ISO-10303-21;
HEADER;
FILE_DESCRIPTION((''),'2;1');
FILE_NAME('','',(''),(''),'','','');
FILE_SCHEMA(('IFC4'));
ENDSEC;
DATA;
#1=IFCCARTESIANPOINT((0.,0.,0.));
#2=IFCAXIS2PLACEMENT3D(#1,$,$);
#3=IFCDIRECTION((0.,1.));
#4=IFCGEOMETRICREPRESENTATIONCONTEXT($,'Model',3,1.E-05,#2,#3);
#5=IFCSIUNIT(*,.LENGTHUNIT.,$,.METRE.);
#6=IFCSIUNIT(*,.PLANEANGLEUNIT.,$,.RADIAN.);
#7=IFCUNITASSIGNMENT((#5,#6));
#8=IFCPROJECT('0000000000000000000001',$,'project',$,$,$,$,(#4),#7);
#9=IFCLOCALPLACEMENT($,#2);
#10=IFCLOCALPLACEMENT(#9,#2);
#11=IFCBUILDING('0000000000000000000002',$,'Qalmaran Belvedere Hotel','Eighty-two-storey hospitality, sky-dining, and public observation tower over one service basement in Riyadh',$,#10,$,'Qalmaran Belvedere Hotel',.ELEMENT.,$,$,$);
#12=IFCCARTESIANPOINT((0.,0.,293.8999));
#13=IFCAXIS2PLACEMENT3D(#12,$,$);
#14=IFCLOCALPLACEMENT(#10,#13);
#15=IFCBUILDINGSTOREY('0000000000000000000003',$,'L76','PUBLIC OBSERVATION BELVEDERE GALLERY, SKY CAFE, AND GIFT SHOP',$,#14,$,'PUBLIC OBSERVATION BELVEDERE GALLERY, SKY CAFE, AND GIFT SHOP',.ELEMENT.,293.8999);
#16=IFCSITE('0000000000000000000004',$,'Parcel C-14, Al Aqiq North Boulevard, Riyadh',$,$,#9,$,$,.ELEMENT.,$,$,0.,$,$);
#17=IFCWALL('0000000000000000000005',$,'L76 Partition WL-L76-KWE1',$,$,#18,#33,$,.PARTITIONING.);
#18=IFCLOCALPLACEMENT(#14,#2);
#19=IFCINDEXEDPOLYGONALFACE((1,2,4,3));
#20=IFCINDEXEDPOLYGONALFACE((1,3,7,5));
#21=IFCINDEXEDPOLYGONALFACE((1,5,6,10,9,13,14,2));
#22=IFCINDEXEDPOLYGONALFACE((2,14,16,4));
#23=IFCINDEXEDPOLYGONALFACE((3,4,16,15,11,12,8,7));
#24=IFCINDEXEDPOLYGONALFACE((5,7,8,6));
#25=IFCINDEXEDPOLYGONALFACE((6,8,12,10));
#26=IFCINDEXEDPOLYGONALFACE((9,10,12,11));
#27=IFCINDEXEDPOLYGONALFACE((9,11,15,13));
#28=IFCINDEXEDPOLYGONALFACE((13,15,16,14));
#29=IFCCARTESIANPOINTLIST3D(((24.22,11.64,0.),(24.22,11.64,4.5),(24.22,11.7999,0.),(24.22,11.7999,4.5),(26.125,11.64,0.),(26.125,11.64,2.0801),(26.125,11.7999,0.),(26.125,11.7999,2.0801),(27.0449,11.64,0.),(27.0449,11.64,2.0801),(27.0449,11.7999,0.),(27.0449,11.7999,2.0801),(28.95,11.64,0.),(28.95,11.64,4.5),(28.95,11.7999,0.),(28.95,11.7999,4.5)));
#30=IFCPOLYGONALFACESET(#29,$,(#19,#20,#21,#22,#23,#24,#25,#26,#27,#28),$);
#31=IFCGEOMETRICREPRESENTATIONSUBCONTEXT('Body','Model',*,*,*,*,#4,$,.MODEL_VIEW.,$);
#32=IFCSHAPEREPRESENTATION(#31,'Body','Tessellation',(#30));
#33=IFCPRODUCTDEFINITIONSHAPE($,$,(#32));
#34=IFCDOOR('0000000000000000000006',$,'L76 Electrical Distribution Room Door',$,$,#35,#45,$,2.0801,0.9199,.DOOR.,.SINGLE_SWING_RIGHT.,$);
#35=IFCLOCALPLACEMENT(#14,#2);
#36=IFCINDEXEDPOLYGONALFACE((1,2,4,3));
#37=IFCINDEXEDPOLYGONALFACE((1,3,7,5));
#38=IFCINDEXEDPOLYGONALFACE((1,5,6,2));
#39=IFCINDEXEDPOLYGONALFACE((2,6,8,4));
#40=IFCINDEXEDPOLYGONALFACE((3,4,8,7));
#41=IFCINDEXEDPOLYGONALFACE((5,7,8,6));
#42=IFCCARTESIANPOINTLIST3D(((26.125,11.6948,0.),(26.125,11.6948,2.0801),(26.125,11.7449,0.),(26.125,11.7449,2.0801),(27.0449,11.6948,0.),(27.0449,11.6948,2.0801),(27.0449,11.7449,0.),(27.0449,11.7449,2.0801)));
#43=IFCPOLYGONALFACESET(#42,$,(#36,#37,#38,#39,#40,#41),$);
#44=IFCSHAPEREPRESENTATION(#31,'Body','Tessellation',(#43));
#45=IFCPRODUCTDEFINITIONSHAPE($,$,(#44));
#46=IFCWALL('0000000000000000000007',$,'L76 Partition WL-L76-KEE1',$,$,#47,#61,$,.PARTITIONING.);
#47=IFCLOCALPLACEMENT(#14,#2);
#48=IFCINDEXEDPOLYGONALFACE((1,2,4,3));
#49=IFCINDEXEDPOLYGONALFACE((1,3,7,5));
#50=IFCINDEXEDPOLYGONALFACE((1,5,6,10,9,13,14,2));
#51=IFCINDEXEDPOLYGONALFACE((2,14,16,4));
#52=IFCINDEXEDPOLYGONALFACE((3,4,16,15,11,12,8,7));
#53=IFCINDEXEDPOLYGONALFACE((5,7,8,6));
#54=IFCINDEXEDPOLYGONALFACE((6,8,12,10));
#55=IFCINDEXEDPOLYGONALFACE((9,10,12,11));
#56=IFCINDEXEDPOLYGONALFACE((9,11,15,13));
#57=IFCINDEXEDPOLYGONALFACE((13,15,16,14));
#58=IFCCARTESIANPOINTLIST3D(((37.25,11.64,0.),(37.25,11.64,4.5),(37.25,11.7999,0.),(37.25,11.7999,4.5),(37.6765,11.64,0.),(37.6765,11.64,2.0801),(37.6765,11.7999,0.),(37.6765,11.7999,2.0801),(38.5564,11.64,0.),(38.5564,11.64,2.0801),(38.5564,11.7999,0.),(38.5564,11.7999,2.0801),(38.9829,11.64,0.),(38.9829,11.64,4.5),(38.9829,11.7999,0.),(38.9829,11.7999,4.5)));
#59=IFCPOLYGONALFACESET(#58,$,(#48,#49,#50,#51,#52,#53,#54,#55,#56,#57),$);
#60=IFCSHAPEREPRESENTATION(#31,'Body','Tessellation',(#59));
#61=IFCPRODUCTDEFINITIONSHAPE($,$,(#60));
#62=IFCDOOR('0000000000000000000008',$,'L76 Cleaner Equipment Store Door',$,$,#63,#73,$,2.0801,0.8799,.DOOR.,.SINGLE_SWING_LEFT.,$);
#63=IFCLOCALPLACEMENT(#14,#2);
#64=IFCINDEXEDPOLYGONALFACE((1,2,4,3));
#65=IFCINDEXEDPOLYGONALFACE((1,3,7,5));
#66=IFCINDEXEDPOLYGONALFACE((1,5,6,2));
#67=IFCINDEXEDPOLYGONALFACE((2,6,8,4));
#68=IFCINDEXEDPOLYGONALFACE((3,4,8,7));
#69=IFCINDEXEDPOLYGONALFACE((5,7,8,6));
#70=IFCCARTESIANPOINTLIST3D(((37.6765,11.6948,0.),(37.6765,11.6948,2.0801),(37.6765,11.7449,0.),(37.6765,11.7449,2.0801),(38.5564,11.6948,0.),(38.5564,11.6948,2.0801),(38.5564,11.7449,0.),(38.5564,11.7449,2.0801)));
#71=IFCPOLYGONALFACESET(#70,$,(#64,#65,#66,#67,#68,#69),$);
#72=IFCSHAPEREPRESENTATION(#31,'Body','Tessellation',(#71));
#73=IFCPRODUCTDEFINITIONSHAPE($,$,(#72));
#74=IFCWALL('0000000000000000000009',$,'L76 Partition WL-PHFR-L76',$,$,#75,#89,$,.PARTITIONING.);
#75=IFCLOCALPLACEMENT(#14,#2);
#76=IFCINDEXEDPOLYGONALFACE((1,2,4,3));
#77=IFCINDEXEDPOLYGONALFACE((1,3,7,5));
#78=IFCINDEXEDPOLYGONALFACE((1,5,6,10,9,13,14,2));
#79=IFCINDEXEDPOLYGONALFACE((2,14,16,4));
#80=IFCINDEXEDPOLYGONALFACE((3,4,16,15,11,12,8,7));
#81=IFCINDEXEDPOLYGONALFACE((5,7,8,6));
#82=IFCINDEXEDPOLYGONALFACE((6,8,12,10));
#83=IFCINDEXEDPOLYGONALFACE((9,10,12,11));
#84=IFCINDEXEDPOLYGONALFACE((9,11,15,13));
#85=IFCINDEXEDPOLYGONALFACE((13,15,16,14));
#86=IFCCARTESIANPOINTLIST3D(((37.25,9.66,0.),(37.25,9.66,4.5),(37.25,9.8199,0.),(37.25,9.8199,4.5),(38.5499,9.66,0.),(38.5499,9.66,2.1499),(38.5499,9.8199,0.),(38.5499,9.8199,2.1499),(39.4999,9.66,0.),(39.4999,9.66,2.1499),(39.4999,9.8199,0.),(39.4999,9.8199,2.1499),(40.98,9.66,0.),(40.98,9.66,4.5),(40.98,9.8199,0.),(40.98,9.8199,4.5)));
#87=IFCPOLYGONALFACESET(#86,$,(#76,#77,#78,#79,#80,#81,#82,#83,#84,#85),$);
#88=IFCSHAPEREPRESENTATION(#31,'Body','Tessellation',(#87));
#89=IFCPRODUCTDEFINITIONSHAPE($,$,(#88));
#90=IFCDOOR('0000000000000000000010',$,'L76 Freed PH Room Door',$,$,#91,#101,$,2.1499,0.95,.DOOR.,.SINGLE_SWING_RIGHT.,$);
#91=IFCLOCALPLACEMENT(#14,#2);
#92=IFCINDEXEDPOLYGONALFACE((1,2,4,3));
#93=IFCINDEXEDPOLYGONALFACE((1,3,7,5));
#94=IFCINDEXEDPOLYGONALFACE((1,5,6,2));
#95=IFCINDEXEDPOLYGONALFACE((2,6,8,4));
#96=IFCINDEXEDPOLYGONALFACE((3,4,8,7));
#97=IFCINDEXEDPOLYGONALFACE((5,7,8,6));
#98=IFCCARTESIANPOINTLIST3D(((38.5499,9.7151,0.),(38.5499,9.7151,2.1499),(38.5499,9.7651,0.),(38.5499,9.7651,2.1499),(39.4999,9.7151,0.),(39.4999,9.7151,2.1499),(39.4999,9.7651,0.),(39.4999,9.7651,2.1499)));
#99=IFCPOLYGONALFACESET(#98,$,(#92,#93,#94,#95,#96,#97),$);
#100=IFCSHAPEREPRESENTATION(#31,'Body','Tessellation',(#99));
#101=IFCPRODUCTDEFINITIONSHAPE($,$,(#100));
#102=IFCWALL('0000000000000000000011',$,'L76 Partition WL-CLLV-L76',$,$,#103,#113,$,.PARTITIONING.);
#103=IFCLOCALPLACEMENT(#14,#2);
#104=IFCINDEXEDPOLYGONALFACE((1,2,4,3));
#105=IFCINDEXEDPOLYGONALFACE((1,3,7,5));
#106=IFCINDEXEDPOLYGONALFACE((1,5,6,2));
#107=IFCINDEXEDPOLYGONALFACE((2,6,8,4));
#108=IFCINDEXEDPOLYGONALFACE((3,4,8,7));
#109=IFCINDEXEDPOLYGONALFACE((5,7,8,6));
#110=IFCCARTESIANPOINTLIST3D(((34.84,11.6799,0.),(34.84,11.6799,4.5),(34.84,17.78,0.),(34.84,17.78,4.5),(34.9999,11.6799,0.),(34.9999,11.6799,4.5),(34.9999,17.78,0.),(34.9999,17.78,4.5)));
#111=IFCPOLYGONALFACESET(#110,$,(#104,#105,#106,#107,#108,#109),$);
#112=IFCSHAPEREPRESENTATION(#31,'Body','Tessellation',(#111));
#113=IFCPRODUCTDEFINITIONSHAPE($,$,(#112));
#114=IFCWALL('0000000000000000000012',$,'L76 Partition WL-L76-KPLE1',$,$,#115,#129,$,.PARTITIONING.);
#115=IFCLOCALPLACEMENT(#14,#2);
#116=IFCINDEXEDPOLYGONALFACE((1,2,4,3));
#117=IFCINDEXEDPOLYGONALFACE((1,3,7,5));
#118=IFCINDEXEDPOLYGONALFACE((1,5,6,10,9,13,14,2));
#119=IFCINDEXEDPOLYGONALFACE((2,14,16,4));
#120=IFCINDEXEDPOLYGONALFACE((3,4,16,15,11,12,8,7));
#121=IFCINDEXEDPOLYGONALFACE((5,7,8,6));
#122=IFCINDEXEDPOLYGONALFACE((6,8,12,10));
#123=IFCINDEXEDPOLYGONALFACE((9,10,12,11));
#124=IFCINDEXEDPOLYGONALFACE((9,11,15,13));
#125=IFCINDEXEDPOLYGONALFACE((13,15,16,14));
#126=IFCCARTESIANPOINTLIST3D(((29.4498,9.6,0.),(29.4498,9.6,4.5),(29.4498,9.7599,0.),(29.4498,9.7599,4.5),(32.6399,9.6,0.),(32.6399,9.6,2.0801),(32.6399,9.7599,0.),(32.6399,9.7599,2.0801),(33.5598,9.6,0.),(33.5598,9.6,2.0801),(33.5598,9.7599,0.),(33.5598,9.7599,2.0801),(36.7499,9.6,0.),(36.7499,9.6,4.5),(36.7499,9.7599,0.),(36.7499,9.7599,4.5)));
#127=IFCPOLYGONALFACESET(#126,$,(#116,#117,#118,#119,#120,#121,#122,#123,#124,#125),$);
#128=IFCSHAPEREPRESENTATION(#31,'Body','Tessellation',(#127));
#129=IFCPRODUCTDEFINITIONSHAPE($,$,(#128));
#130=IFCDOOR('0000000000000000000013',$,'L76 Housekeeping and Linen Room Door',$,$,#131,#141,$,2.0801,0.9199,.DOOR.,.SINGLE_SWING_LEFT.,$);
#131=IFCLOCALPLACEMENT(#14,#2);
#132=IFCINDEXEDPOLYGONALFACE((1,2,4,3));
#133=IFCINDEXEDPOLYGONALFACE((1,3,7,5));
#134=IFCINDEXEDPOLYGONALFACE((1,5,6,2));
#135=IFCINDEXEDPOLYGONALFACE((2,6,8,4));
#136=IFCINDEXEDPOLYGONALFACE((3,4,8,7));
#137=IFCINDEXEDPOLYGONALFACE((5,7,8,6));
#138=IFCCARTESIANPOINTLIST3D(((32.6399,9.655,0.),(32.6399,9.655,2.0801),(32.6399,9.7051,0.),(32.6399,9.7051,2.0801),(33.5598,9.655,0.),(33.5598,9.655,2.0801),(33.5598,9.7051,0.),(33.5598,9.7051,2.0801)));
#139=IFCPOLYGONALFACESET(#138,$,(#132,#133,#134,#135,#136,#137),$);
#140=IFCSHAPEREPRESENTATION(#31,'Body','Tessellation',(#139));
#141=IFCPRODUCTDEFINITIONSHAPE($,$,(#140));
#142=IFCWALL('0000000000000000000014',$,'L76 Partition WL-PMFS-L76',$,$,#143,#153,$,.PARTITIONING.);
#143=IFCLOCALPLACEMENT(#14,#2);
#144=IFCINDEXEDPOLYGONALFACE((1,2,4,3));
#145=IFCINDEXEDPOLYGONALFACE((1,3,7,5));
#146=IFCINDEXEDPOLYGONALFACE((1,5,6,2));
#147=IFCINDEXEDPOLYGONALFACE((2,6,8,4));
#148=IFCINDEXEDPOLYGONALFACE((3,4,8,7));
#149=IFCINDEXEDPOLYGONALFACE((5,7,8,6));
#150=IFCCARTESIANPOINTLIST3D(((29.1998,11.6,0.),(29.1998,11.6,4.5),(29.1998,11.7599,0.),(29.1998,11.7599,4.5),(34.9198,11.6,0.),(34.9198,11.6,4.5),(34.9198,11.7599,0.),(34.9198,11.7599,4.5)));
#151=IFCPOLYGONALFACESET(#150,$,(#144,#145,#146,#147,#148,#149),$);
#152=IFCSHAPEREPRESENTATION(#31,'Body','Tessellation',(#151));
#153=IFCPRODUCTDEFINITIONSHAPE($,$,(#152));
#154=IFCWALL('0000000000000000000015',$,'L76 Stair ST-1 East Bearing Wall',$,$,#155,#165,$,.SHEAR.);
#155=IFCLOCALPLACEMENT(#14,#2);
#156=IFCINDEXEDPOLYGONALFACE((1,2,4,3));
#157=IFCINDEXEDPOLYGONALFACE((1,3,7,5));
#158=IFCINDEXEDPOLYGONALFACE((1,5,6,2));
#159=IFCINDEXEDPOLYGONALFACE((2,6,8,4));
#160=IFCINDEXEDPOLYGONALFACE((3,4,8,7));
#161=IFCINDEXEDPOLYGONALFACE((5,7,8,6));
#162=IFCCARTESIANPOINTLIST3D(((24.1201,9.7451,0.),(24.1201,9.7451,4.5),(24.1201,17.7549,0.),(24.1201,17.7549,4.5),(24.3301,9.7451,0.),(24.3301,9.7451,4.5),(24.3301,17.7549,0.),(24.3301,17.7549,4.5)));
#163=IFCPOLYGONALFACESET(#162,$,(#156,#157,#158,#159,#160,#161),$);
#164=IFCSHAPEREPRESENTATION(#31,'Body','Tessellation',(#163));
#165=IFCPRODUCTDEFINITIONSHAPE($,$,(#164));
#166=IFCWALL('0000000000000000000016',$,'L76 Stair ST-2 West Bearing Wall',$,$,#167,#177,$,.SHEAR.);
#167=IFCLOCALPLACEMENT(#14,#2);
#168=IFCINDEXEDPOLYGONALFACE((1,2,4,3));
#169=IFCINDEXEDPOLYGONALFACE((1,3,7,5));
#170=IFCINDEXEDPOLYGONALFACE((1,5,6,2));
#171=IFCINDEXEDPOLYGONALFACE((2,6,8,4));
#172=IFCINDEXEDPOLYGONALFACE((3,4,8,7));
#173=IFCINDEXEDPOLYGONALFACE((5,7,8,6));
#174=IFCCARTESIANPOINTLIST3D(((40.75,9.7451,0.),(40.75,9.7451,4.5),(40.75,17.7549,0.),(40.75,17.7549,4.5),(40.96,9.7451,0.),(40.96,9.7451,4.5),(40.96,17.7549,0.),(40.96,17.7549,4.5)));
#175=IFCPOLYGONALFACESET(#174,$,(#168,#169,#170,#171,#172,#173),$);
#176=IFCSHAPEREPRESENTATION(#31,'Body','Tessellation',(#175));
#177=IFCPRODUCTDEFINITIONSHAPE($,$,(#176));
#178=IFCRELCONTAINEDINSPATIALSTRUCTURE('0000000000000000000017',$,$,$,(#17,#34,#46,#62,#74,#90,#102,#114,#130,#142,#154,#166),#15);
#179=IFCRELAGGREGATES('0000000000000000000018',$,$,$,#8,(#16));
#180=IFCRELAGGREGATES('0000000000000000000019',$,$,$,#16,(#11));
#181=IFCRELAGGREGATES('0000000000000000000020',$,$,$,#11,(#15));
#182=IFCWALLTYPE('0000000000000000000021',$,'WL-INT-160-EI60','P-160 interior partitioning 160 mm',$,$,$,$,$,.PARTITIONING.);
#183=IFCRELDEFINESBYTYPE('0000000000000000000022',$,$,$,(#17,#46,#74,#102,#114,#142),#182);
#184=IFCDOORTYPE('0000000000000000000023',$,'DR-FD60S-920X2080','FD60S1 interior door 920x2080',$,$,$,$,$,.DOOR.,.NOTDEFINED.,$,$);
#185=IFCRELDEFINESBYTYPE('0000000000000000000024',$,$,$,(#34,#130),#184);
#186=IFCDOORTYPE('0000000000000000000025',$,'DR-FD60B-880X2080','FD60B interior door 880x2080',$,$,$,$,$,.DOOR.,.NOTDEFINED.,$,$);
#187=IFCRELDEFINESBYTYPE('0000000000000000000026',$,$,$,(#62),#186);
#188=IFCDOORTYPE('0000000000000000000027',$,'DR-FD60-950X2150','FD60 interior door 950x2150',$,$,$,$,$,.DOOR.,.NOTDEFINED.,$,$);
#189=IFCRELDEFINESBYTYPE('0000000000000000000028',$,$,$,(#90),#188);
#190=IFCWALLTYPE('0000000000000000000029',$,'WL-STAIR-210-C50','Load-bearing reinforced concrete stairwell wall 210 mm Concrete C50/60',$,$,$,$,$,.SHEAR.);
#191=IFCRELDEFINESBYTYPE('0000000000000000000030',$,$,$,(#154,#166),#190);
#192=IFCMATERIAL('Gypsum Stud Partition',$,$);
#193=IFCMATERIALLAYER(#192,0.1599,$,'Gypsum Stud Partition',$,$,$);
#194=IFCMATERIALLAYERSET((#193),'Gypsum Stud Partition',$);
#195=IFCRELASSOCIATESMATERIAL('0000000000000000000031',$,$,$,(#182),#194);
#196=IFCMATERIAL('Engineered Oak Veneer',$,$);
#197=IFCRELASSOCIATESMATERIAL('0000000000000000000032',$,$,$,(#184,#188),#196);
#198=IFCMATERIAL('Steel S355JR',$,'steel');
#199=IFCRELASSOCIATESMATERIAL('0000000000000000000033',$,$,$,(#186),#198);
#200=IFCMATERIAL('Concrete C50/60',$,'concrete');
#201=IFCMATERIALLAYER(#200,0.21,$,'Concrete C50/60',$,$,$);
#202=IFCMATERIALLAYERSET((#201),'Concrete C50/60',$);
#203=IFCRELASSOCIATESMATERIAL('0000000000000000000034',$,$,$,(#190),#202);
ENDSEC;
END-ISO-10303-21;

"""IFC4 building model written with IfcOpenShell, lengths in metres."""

from ifc_helpers import new_model, si_unit, direction, frame, frame_2d, origin, place, context, subcontext, project, spatial, rectangle, extrude, material, layer, layer_set, type_object, element, fill, save


model = new_model("IFC4")

# Units and contexts
model_context = context("Model", 3, precision=1e-05, world=origin(), true_north=direction((0.0, 1.0)))
body_context = subcontext(model_context, "Body", "Model", "MODEL_VIEW")
ifc_project = project(units=[si_unit("LENGTHUNIT", "METRE"), si_unit("PLANEANGLEUNIT", "RADIAN")], contexts=[model_context])

# Site, building, storey
site_placement = place(None, origin())
site = spatial("IfcSite", under=ifc_project, at=site_placement, Name="Parcel C-14, Al Aqiq North Boulevard, Riyadh", CompositionType="ELEMENT", RefElevation=0.0)
building_placement = place(site_placement, origin())
building = spatial("IfcBuilding", under=site, at=building_placement, Name="Qalmaran Belvedere Hotel", Description="Eighty-two-storey hospitality, sky-dining, and public observation tower over one service basement in Riyadh", LongName="Qalmaran Belvedere Hotel", CompositionType="ELEMENT")
storey_placement = place(building_placement, frame((0.0, 0.0, 293.8999)))
storey = spatial("IfcBuildingStorey", under=building, at=storey_placement, Name="L76", Description="PUBLIC OBSERVATION BELVEDERE GALLERY, SKY CAFE, AND GIFT SHOP", LongName="PUBLIC OBSERVATION BELVEDERE GALLERY, SKY CAFE, AND GIFT SHOP", CompositionType="ELEMENT", Elevation=293.8999)

# Shared definitions
ifc_material_1 = material(Name="Concrete C50/60", Category="concrete")

# Shared definitions
ifc_material_2 = material(Name="Steel S355JR", Category="steel")

# Shared definitions
ifc_material_3 = material(Name="Gypsum Stud Partition")

# Walls, openings, doors
ifc_layer_1 = layer(ifc_material_3, 0.1599, Name="Gypsum Stud Partition")
ifc_layer_set_1 = layer_set([ifc_layer_1], Name="Gypsum Stud Partition")
wall_type_1 = type_object("IfcWallType", Name="WL-INT-160-EI60", Description="P-160 interior partitioning 160 mm", PredefinedType="PARTITIONING", material=ifc_layer_set_1)
wall_1_placement = place(storey_placement, frame((24.22, 11.72, 0.0), z_axis=(0.0, 0.0, 1.0), x_axis=(1.0, 0.0, 0.0)))
wall_1 = element("IfcWall", 1, at=wall_1_placement, inside=storey, type_object=wall_type_1, Name="L76 Partition WL-L76-KWE1", PredefinedType="PARTITIONING", context=body_context, shape_type="SweptSolid", body=[
    extrude(rectangle(XDim=4.73, YDim=0.1599, at=frame_2d((2.365, 0.0))), origin(), (0.0, 0.0, 1.0), 4.5),
])
opening_1_placement = place(wall_1_placement, frame((1.905, 0.0, 0.0)))
opening_1 = element("IfcOpeningElement", 2, at=opening_1_placement, cuts=wall_1, PredefinedType="OPENING", context=body_context, shape_type="SweptSolid", body=[
    extrude(rectangle(XDim=0.9199, YDim=2.0801, at=frame_2d((0.46, 1.04))), frame((0.0, 0.0898, 0.0), z_axis=(0.0, -1.0, 0.0), x_axis=(1.0, 0.0, 0.0)), (0.0, 0.0, 1.0), 0.1799),
])
ifc_material_4 = material(Name="Engineered Oak Veneer")
door_type_1 = type_object("IfcDoorType", Name="DR-FD60S-920X2080", Description="FD60S1 interior door 920x2080", OperationType="NOTDEFINED", PredefinedType="DOOR", material=ifc_material_4)
door_1_placement = place(opening_1_placement, origin())
door_1 = element("IfcDoor", 3, at=door_1_placement, inside=storey, type_object=door_type_1, Name="L76 Electrical Distribution Room Door", OperationType="SINGLE_SWING_RIGHT", OverallHeight=2.0801, OverallWidth=0.9199, PredefinedType="DOOR", context=body_context, shape_type="SweptSolid", body=[
    extrude(rectangle(XDim=0.9199, YDim=2.0801, at=frame_2d((0.46, 1.04))), frame((0.0, 0.0249, 0.0), z_axis=(0.0, -1.0, 0.0), x_axis=(1.0, 0.0, 0.0)), (0.0, 0.0, 1.0), 0.05),
])
fill(opening_1, door_1)
wall_2_placement = place(storey_placement, frame((37.25, 11.72, 0.0), z_axis=(0.0, 0.0, 1.0), x_axis=(1.0, 0.0, 0.0)))
wall_2 = element("IfcWall", 4, at=wall_2_placement, inside=storey, type_object=wall_type_1, Name="L76 Partition WL-L76-KEE1", PredefinedType="PARTITIONING", context=body_context, shape_type="SweptSolid", body=[
    extrude(rectangle(XDim=1.7329, YDim=0.1599, at=frame_2d((0.8665, 0.0))), origin(), (0.0, 0.0, 1.0), 4.5),
])
opening_2_placement = place(wall_2_placement, frame((0.4265, 0.0, 0.0)))
opening_2 = element("IfcOpeningElement", 5, at=opening_2_placement, cuts=wall_2, PredefinedType="OPENING", context=body_context, shape_type="SweptSolid", body=[
    extrude(rectangle(XDim=0.8799, YDim=2.0801, at=frame_2d((0.4399, 1.04))), frame((0.0, 0.0898, 0.0), z_axis=(0.0, -1.0, 0.0), x_axis=(1.0, 0.0, 0.0)), (0.0, 0.0, 1.0), 0.1799),
])
door_type_2 = type_object("IfcDoorType", Name="DR-FD60B-880X2080", Description="FD60B interior door 880x2080", OperationType="NOTDEFINED", PredefinedType="DOOR", material=ifc_material_2)
door_2_placement = place(opening_2_placement, origin())
door_2 = element("IfcDoor", 6, at=door_2_placement, inside=storey, type_object=door_type_2, Name="L76 Cleaner Equipment Store Door", OperationType="SINGLE_SWING_LEFT", OverallHeight=2.0801, OverallWidth=0.8799, PredefinedType="DOOR", context=body_context, shape_type="SweptSolid", body=[
    extrude(rectangle(XDim=0.8799, YDim=2.0801, at=frame_2d((0.4399, 1.04))), frame((0.0, 0.0249, 0.0), z_axis=(0.0, -1.0, 0.0), x_axis=(1.0, 0.0, 0.0)), (0.0, 0.0, 1.0), 0.05),
])
fill(opening_2, door_2)
wall_3_placement = place(storey_placement, frame((37.25, 9.74, 0.0), z_axis=(0.0, 0.0, 1.0), x_axis=(1.0, 0.0, 0.0)))
wall_3 = element("IfcWall", 7, at=wall_3_placement, inside=storey, type_object=wall_type_1, Name="L76 Partition WL-PHFR-L76", PredefinedType="PARTITIONING", context=body_context, shape_type="SweptSolid", body=[
    extrude(rectangle(XDim=3.73, YDim=0.1599, at=frame_2d((1.865, 0.0))), origin(), (0.0, 0.0, 1.0), 4.5),
])
opening_3_placement = place(wall_3_placement, frame((2.25, 0.0, 0.0), z_axis=(0.0, 0.0, 1.0), x_axis=(-1.0, 0.0, 0.0)))
opening_3 = element("IfcOpeningElement", 8, at=opening_3_placement, cuts=wall_3, PredefinedType="OPENING", context=body_context, shape_type="SweptSolid", body=[
    extrude(rectangle(XDim=0.95, YDim=2.1499, at=frame_2d((0.4751, 1.075))), frame((0.0, 0.0898, 0.0), z_axis=(0.0, -1.0, 0.0), x_axis=(1.0, 0.0, 0.0)), (0.0, 0.0, 1.0), 0.1799),
])
door_type_3 = type_object("IfcDoorType", Name="DR-FD60-950X2150", Description="FD60 interior door 950x2150", OperationType="NOTDEFINED", PredefinedType="DOOR", material=ifc_material_4)
door_3_placement = place(opening_3_placement, origin())
door_3 = element("IfcDoor", 9, at=door_3_placement, inside=storey, type_object=door_type_3, Name="L76 Freed PH Room Door", OperationType="SINGLE_SWING_RIGHT", OverallHeight=2.1499, OverallWidth=0.95, PredefinedType="DOOR", context=body_context, shape_type="SweptSolid", body=[
    extrude(rectangle(XDim=0.95, YDim=2.1499, at=frame_2d((0.4751, 1.075))), frame((0.0, 0.0249, 0.0), z_axis=(0.0, -1.0, 0.0), x_axis=(1.0, 0.0, 0.0)), (0.0, 0.0, 1.0), 0.05),
])
fill(opening_3, door_3)

# Wall
wall_4_placement = place(storey_placement, frame((34.9199, 11.6799, 0.0), z_axis=(0.0, 0.0, 1.0), x_axis=(0.0, 1.0, 0.0)))
element("IfcWall", 10, at=wall_4_placement, inside=storey, type_object=wall_type_1, Name="L76 Partition WL-CLLV-L76", PredefinedType="PARTITIONING", context=body_context, shape_type="SweptSolid", body=[
    extrude(rectangle(XDim=6.1001, YDim=0.1599, at=frame_2d((3.05, 0.0))), origin(), (0.0, 0.0, 1.0), 4.5),
])

# Wall, opening, door
wall_5_placement = place(storey_placement, frame((29.45, 9.6799, 0.0), z_axis=(0.0, 0.0, 1.0), x_axis=(1.0, 0.0, 0.0)))
wall_5 = element("IfcWall", 11, at=wall_5_placement, inside=storey, type_object=wall_type_1, Name="L76 Partition WL-L76-KPLE1", PredefinedType="PARTITIONING", context=body_context, shape_type="SweptSolid", body=[
    extrude(rectangle(XDim=7.3, YDim=0.1599, at=frame_2d((3.6499, 0.0))), origin(), (0.0, 0.0, 1.0), 4.5),
])
opening_4_placement = place(wall_5_placement, frame((4.1099, 0.0, 0.0), z_axis=(0.0, 0.0, 1.0), x_axis=(-1.0, 0.0, 0.0)))
opening_4 = element("IfcOpeningElement", 12, at=opening_4_placement, cuts=wall_5, PredefinedType="OPENING", context=body_context, shape_type="SweptSolid", body=[
    extrude(rectangle(XDim=0.9199, YDim=2.0801, at=frame_2d((0.46, 1.04))), frame((0.0, 0.0898, 0.0), z_axis=(0.0, -1.0, 0.0), x_axis=(1.0, 0.0, 0.0)), (0.0, 0.0, 1.0), 0.1799),
])
door_4_placement = place(opening_4_placement, origin())
door_4 = element("IfcDoor", 13, at=door_4_placement, inside=storey, type_object=door_type_1, Name="L76 Housekeeping and Linen Room Door", OperationType="SINGLE_SWING_LEFT", OverallHeight=2.0801, OverallWidth=0.9199, PredefinedType="DOOR", context=body_context, shape_type="SweptSolid", body=[
    extrude(rectangle(XDim=0.9199, YDim=2.0801, at=frame_2d((0.46, 1.04))), frame((0.0, 0.0249, 0.0), z_axis=(0.0, -1.0, 0.0), x_axis=(1.0, 0.0, 0.0)), (0.0, 0.0, 1.0), 0.05),
])
fill(opening_4, door_4)

# Walls
wall_6_placement = place(storey_placement, frame((29.2, 11.6799, 0.0), z_axis=(0.0, 0.0, 1.0), x_axis=(1.0, 0.0, 0.0)))
element("IfcWall", 14, at=wall_6_placement, inside=storey, type_object=wall_type_1, Name="L76 Partition WL-PMFS-L76", PredefinedType="PARTITIONING", context=body_context, shape_type="SweptSolid", body=[
    extrude(rectangle(XDim=5.72, YDim=0.1599, at=frame_2d((2.8599, 0.0))), origin(), (0.0, 0.0, 1.0), 4.5),
])
ifc_layer_2 = layer(ifc_material_1, 0.21, Name="Concrete C50/60")
ifc_layer_set_2 = layer_set([ifc_layer_2], Name="Concrete C50/60")
wall_type_2 = type_object("IfcWallType", Name="WL-STAIR-210-C50", Description="Load-bearing reinforced concrete stairwell wall 210 mm Concrete C50/60", PredefinedType="SHEAR", material=ifc_layer_set_2)
for number, where, z_axis, x_axis, name in (
    (15, (24.2251, 9.7451, 0.0), (0.0, 0.0, 1.0), (0.0, 1.0, 0.0), "L76 Stair ST-1 East Bearing Wall"),
    (16, (40.855, 9.7451, 0.0), (0.0, 0.0, 1.0), (0.0, 1.0, 0.0), "L76 Stair ST-2 West Bearing Wall"),
):
    element("IfcWall", number, at=place(storey_placement, frame(where, z_axis=z_axis, x_axis=x_axis)), inside=storey, type_object=wall_type_2, Name=name, PredefinedType="SHEAR", context=body_context, shape_type="SweptSolid", body=[
        extrude(rectangle(XDim=8.0098, YDim=0.21, at=frame_2d((4.0049, 0.0))), origin(), (0.0, 0.0, 1.0), 4.5),
    ])

save(model, "model.ifc")
